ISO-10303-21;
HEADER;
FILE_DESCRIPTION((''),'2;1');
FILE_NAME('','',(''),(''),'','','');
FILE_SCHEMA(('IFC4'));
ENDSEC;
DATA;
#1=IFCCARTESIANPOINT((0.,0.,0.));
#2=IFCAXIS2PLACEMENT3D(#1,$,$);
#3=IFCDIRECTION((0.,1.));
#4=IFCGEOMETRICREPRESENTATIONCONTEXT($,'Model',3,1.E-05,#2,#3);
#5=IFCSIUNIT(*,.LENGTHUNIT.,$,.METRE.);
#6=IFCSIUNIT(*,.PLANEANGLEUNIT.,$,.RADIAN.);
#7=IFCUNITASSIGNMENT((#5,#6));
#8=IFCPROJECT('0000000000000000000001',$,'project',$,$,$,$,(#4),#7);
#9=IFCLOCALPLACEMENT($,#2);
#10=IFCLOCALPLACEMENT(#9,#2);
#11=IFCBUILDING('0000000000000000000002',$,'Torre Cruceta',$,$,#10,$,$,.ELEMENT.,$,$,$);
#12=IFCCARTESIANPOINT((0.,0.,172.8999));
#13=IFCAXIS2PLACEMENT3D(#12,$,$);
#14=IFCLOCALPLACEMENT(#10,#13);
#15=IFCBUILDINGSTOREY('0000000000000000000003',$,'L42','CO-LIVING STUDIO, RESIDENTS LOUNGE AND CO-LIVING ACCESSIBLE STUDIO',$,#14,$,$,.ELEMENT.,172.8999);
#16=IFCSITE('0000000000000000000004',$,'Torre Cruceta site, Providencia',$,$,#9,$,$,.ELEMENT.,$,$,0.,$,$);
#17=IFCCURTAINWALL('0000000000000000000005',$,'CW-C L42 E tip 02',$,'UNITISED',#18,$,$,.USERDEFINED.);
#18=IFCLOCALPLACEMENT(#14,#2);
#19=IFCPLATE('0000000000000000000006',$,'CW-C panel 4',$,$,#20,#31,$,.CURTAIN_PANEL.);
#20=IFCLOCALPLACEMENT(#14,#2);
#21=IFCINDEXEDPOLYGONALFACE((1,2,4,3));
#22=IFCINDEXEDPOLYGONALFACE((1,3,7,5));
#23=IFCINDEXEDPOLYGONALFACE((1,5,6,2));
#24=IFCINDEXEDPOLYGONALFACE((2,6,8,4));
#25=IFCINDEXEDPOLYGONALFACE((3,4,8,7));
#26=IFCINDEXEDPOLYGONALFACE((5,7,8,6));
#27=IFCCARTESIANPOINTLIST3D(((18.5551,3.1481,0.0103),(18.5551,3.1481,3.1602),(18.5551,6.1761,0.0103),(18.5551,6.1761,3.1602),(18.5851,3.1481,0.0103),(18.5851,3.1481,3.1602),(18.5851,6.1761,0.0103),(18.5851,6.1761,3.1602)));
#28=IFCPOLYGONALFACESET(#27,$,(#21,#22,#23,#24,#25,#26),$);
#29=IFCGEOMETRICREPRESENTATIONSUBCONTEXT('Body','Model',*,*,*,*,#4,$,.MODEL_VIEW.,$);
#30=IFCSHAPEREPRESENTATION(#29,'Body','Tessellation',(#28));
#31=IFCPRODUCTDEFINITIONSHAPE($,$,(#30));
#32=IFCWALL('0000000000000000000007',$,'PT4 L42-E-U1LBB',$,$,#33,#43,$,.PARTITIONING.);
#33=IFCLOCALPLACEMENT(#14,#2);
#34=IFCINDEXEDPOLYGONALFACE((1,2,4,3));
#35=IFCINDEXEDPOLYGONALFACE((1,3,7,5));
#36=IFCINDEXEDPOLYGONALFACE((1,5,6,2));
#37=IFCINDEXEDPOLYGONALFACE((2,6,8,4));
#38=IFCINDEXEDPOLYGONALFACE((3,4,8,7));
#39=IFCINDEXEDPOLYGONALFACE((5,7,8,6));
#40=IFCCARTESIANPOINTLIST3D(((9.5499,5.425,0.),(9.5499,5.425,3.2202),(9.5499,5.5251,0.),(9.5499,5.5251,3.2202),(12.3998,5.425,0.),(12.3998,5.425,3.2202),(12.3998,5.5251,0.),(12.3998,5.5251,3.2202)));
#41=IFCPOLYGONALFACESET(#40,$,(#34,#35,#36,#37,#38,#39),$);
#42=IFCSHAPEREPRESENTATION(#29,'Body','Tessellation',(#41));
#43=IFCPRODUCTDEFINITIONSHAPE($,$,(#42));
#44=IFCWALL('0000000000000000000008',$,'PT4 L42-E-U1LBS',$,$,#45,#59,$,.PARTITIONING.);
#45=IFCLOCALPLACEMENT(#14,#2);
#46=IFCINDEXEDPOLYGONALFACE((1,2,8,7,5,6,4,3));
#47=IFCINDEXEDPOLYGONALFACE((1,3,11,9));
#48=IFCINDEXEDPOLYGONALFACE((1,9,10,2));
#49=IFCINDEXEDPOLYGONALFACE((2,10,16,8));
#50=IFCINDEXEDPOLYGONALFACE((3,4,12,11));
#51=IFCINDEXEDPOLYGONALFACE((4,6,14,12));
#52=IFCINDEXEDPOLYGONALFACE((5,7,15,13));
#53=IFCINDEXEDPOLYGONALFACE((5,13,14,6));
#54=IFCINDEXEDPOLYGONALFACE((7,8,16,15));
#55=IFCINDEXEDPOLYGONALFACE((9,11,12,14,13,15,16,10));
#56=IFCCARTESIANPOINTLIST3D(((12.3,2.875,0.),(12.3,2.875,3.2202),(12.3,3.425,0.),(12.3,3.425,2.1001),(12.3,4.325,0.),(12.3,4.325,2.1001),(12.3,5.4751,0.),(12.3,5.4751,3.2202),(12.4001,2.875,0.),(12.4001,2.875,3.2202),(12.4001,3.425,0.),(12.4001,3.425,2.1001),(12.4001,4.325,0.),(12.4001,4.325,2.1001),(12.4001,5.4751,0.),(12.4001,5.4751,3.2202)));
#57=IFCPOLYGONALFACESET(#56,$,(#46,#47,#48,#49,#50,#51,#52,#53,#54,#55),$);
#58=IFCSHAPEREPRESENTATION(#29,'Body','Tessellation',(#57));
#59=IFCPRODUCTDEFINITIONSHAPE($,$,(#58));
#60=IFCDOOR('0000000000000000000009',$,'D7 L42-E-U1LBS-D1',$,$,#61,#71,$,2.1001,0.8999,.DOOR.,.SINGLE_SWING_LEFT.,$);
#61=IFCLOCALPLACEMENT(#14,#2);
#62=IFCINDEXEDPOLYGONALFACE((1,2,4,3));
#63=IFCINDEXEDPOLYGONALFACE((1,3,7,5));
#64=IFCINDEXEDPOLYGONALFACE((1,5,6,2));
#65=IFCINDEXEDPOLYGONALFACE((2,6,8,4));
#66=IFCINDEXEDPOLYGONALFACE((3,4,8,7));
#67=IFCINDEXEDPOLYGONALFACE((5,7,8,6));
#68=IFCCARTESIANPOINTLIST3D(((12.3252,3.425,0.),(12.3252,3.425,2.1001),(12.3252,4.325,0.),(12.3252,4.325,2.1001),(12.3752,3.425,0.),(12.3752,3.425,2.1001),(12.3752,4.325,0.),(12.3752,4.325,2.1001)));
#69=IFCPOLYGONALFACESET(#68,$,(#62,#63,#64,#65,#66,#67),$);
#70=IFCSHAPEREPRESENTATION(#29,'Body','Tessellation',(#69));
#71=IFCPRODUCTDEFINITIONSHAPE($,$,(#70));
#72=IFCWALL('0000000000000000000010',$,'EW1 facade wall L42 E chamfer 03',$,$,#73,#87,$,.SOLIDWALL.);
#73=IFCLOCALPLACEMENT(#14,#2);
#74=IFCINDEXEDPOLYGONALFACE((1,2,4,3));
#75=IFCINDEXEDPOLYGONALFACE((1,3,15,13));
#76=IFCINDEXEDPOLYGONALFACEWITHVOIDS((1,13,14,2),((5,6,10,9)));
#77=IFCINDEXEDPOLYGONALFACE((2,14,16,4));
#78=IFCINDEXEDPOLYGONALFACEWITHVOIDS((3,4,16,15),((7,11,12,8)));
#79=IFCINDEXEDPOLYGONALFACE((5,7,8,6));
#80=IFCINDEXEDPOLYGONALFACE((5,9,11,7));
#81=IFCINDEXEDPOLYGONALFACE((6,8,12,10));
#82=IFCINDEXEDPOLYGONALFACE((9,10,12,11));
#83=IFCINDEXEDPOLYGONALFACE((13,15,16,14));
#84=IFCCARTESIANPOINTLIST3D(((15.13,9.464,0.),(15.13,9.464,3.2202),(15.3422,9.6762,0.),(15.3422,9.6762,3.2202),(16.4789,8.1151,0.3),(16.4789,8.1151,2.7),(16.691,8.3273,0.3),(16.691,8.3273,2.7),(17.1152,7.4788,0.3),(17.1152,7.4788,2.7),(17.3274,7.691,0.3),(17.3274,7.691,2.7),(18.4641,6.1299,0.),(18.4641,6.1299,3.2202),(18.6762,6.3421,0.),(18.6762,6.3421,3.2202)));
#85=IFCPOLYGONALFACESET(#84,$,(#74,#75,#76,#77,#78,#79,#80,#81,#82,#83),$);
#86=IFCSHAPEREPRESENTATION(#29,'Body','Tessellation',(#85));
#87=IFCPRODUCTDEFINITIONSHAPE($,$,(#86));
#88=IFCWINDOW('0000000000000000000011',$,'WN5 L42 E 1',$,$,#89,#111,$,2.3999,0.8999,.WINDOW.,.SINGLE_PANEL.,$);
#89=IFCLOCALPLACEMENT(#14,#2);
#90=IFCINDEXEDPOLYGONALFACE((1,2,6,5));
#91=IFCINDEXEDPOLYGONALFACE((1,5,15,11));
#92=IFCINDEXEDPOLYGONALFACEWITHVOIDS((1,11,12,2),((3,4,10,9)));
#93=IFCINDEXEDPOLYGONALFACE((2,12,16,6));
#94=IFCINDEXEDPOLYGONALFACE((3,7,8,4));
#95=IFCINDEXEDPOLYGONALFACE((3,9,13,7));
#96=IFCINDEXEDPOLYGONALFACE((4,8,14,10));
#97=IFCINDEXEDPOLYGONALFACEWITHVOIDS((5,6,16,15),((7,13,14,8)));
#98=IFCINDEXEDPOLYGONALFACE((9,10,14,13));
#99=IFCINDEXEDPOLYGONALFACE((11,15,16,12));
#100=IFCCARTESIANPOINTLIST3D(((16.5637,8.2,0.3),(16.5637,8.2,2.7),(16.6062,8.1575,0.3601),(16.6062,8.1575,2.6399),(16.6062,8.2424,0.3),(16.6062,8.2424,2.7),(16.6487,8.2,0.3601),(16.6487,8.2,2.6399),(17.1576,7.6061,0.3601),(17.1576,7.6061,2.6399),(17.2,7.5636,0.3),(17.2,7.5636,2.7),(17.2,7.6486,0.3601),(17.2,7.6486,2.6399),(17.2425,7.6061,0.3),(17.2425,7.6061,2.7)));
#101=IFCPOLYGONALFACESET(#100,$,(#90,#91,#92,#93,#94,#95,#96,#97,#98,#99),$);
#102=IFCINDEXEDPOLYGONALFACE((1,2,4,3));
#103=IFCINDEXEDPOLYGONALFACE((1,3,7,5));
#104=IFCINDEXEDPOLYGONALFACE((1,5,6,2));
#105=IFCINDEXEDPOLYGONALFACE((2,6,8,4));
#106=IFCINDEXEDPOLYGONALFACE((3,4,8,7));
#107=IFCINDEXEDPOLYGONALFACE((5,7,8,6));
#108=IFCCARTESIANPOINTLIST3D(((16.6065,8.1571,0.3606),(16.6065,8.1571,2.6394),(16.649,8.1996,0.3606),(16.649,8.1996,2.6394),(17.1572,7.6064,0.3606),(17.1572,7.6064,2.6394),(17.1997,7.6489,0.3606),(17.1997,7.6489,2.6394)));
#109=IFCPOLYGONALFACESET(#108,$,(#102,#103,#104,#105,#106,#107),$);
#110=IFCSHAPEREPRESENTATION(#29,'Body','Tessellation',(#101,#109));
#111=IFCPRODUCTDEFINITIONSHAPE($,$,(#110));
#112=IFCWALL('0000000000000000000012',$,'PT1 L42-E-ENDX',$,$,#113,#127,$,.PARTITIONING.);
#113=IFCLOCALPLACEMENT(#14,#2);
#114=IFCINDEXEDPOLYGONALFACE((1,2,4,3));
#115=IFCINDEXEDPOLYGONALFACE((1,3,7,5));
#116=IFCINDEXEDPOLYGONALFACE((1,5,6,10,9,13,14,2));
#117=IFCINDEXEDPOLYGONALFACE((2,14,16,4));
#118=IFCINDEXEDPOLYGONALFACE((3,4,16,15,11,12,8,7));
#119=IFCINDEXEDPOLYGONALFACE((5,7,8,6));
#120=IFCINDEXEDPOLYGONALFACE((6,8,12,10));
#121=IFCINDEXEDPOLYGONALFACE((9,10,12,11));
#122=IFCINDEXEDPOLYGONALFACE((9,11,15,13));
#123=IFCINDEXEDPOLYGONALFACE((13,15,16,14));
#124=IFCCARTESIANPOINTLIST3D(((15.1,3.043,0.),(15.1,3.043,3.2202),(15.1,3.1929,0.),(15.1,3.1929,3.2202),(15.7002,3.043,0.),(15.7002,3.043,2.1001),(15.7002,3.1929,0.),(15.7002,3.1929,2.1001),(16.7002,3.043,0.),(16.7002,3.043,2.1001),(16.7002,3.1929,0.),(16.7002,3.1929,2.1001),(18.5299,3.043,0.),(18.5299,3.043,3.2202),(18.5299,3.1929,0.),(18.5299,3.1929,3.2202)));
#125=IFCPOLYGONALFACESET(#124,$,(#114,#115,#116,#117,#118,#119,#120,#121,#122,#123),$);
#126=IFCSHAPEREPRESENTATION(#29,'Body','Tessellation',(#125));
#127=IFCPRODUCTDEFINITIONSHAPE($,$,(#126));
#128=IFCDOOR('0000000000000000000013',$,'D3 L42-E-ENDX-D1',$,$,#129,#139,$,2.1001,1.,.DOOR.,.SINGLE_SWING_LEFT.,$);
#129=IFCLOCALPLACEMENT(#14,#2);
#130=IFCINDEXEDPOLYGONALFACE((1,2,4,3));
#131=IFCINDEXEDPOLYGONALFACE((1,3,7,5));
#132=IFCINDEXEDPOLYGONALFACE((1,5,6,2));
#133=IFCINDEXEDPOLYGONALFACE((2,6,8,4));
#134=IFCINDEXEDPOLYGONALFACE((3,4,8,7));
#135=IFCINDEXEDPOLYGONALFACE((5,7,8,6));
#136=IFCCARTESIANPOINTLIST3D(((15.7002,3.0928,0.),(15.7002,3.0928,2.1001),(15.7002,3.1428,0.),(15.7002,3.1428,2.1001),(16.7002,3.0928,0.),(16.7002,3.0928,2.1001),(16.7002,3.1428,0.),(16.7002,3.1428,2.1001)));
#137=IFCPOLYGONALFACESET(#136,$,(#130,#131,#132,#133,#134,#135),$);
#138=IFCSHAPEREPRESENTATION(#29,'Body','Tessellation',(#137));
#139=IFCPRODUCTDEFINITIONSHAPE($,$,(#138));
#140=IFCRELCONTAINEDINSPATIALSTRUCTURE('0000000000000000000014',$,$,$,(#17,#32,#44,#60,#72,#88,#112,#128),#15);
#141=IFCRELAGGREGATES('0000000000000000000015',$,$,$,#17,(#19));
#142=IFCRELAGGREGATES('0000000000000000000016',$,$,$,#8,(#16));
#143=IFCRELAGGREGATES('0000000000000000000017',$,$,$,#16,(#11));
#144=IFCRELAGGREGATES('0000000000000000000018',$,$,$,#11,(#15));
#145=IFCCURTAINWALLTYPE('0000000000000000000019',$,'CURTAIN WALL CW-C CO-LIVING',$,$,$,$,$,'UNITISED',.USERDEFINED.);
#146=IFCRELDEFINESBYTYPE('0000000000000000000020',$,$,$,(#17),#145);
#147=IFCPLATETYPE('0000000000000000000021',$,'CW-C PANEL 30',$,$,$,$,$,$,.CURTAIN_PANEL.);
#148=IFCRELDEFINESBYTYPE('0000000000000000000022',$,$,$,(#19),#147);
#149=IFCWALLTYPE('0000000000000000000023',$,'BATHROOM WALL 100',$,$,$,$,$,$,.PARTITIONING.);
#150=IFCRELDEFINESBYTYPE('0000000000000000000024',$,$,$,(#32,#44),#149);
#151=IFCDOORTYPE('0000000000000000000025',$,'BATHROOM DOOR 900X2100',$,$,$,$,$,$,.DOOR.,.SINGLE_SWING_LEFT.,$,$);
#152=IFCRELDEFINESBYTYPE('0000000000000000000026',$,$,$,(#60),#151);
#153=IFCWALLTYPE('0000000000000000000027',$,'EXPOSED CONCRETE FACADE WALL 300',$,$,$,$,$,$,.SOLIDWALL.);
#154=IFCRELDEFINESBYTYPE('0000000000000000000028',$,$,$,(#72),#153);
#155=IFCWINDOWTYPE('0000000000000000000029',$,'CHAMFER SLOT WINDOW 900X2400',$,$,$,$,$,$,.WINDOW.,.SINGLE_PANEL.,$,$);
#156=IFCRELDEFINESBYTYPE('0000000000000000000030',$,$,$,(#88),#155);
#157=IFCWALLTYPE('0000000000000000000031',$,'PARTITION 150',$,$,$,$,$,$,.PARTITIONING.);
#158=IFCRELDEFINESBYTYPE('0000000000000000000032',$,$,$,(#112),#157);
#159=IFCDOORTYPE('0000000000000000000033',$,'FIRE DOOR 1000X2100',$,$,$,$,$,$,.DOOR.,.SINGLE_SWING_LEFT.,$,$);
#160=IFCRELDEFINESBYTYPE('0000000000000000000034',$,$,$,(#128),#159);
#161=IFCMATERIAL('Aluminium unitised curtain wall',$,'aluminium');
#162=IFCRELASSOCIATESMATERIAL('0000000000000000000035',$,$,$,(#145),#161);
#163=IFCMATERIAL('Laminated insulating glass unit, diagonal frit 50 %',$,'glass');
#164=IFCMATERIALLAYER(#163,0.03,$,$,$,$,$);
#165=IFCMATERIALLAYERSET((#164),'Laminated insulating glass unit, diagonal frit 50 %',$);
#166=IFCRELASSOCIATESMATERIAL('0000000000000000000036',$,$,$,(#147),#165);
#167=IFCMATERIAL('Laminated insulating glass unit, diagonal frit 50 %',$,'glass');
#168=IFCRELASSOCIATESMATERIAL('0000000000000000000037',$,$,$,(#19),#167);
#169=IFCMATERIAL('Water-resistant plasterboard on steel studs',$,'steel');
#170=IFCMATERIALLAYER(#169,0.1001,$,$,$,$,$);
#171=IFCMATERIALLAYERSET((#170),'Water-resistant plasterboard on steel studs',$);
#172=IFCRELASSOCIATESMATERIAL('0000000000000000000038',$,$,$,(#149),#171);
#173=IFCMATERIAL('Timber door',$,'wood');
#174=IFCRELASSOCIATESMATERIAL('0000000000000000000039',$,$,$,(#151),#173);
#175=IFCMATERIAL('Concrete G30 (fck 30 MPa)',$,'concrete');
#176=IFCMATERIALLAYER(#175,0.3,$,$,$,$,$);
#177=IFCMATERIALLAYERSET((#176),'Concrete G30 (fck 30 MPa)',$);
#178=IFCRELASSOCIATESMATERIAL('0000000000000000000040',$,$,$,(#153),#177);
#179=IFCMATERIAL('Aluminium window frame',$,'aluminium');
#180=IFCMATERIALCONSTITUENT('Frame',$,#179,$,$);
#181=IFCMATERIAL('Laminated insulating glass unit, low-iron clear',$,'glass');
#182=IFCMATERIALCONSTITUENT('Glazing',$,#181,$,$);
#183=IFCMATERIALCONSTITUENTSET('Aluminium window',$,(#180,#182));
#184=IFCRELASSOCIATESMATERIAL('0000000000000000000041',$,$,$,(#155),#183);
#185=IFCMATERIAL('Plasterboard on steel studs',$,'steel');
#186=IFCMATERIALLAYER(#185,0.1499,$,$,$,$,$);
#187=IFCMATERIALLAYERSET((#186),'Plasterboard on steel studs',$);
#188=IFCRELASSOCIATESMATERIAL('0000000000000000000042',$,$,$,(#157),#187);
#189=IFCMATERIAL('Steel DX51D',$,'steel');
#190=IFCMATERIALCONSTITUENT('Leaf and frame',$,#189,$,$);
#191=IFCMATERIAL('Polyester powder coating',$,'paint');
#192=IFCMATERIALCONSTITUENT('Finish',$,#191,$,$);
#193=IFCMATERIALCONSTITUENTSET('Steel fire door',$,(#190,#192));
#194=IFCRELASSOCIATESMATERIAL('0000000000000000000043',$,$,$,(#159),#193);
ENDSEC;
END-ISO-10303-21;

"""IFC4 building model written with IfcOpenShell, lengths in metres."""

from ifc_helpers import new_model, si_unit, direction, frame, frame_2d, origin, origin_2d, place, context, subcontext, project, spatial, rectangle, hollow_rectangle, extrude, material, layer, layer_set, constituent, constituent_set, type_object, element, fill, aggregate, save


model = new_model("IFC4")

# Units and contexts
model_context = context("Model", 3, precision=1e-05, world=origin(), true_north=direction((0.0, 1.0)))
body_context = subcontext(model_context, "Body", "Model", "MODEL_VIEW")
ifc_project = project(units=[si_unit("LENGTHUNIT", "METRE"), si_unit("PLANEANGLEUNIT", "RADIAN")], contexts=[model_context])

# Site, building, storey
site_placement = place(None, origin())
site = spatial("IfcSite", under=ifc_project, at=site_placement, Name="Torre Cruceta site, Providencia", CompositionType="ELEMENT", RefElevation=0.0)
building_placement = place(site_placement, origin())
building = spatial("IfcBuilding", under=site, at=building_placement, Name="Torre Cruceta", CompositionType="ELEMENT")
storey_placement = place(building_placement, frame((0.0, 0.0, 172.8999)))
storey = spatial("IfcBuildingStorey", under=building, at=storey_placement, Name="L42", Description="CO-LIVING STUDIO, RESIDENTS LOUNGE AND CO-LIVING ACCESSIBLE STUDIO", CompositionType="ELEMENT", Elevation=172.8999)

# Curtain wall
ifc_material_1 = material(Name="Aluminium unitised curtain wall", Category="aluminium")
curtain_wall_type = type_object("IfcCurtainWallType", Name="CURTAIN WALL CW-C CO-LIVING", ElementType="UNITISED", PredefinedType="USERDEFINED", material=ifc_material_1)
curtain_wall_placement = place(storey_placement, origin())
curtain_wall = element("IfcCurtainWall", 1, at=curtain_wall_placement, inside=storey, type_object=curtain_wall_type, Name="CW-C L42 E tip 02", ObjectType="UNITISED", PredefinedType="USERDEFINED")

# Plate
ifc_material_2 = material(Name="Laminated insulating glass unit, diagonal frit 50 %", Category="glass")
ifc_material_3 = material(Name="Laminated insulating glass unit, diagonal frit 50 %", Category="glass")
ifc_layer_1 = layer(ifc_material_3, 0.03)
ifc_layer_set_1 = layer_set([ifc_layer_1], Name="Laminated insulating glass unit, diagonal frit 50 %")
plate_type = type_object("IfcPlateType", Name="CW-C PANEL 30", PredefinedType="CURTAIN_PANEL", material=ifc_layer_set_1)
plate_1_placement = place(storey_placement, frame((18.5701, 4.6621, 0.0103), z_axis=(0.0, 0.0, 1.0), x_axis=(0.0, 1.0, 0.0)))
plate_1 = element("IfcPlate", 2, at=plate_1_placement, type_object=plate_type, material=ifc_material_2, Name="CW-C panel 4", PredefinedType="CURTAIN_PANEL", context=body_context, shape_type="SweptSolid", body=[
    extrude(rectangle(XDim=3.0281, YDim=0.03, at=origin_2d()), origin(), (0.0, 0.0, 1.0), 3.1499),
])
aggregate(curtain_wall, [plate_1])

# Wall
ifc_material_4 = material(Name="Water-resistant plasterboard on steel studs", Category="steel")
ifc_layer_2 = layer(ifc_material_4, 0.1001)
ifc_layer_set_2 = layer_set([ifc_layer_2], Name="Water-resistant plasterboard on steel studs")
wall_type_1 = type_object("IfcWallType", Name="BATHROOM WALL 100", PredefinedType="PARTITIONING", material=ifc_layer_set_2)
wall_1_placement = place(storey_placement, frame((9.55, 5.4751, 0.0), z_axis=(0.0, 0.0, 1.0), x_axis=(1.0, 0.0, 0.0)))
element("IfcWall", 3, at=wall_1_placement, inside=storey, type_object=wall_type_1, Name="PT4 L42-E-U1LBB", PredefinedType="PARTITIONING", context=body_context, shape_type="SweptSolid", body=[
    extrude(rectangle(XDim=2.8499, YDim=0.1001, at=frame_2d((1.4248, 0.0))), origin(), (0.0, 0.0, 1.0), 3.2202),
])

# Wall, opening, door
wall_2_placement = place(storey_placement, frame((12.3501, 2.875, 0.0), z_axis=(0.0, 0.0, 1.0), x_axis=(0.0, 1.0, 0.0)))
wall_2 = element("IfcWall", 4, at=wall_2_placement, inside=storey, type_object=wall_type_1, Name="PT4 L42-E-U1LBS", PredefinedType="PARTITIONING", context=body_context, shape_type="SweptSolid", body=[
    extrude(rectangle(XDim=2.6001, YDim=0.1001, at=frame_2d((1.3, 0.0))), origin(), (0.0, 0.0, 1.0), 3.2202),
])
opening_1_placement = place(wall_2_placement, frame((0.55, 0.0, 0.0)))
opening_1 = element("IfcOpeningElement", 5, at=opening_1_placement, cuts=wall_2, PredefinedType="OPENING", context=body_context, shape_type="SweptSolid", body=[
    extrude(rectangle(XDim=0.8999, YDim=2.1001, at=frame_2d((0.45, 1.05))), frame((0.0, 0.0601, 0.0), z_axis=(0.0, -1.0, 0.0), x_axis=(1.0, 0.0, 0.0)), (0.0, 0.0, 1.0), 0.1201),
])
ifc_material_5 = material(Name="Timber door", Category="wood")
door_type_1 = type_object("IfcDoorType", Name="BATHROOM DOOR 900X2100", OperationType="SINGLE_SWING_LEFT", PredefinedType="DOOR", material=ifc_material_5)
door_1_placement = place(opening_1_placement, origin())
door_1 = element("IfcDoor", 6, at=door_1_placement, inside=storey, type_object=door_type_1, Name="D7 L42-E-U1LBS-D1", OperationType="SINGLE_SWING_LEFT", OverallHeight=2.1001, OverallWidth=0.8999, PredefinedType="DOOR", context=body_context, shape_type="SweptSolid", body=[
    extrude(rectangle(XDim=0.8999, YDim=2.1001, at=frame_2d((0.45, 1.05))), frame((0.0, 0.0249, 0.0), z_axis=(0.0, -1.0, 0.0), x_axis=(1.0, 0.0, 0.0)), (0.0, 0.0, 1.0), 0.05),
])
fill(opening_1, door_1)

# Wall, opening, window
ifc_material_6 = material(Name="Concrete G30 (fck 30 MPa)", Category="concrete")
ifc_layer_3 = layer(ifc_material_6, 0.3)
ifc_layer_set_3 = layer_set([ifc_layer_3], Name="Concrete G30 (fck 30 MPa)")
wall_type_2 = type_object("IfcWallType", Name="EXPOSED CONCRETE FACADE WALL 300", PredefinedType="SOLIDWALL", material=ifc_layer_set_3)
wall_3_placement = place(storey_placement, frame((18.5701, 6.2361, 0.0), z_axis=(0.0, 0.0, 1.0), x_axis=(-0.707107, 0.707107, 0.0)))
wall_3 = element("IfcWall", 7, at=wall_3_placement, inside=storey, type_object=wall_type_2, Name="EW1 facade wall L42 E chamfer 03", PredefinedType="SOLIDWALL", context=body_context, shape_type="SweptSolid", body=[
    extrude(rectangle(XDim=4.7151, YDim=0.3, at=frame_2d((2.3574, 0.0))), origin(), (0.0, 0.0, 1.0), 3.2202),
])
opening_2_placement = place(wall_3_placement, frame((1.9075, 0.0, 0.3)))
opening_2 = element("IfcOpeningElement", 8, at=opening_2_placement, cuts=wall_3, PredefinedType="OPENING", context=body_context, shape_type="SweptSolid", body=[
    extrude(rectangle(XDim=0.8999, YDim=2.3999, at=frame_2d((0.45, 1.2))), frame((0.0, 0.1599, 0.0), z_axis=(0.0, -1.0, 0.0), x_axis=(1.0, 0.0, 0.0)), (0.0, 0.0, 1.0), 0.3201),
])
ifc_material_7 = material(Name="Aluminium window frame", Category="aluminium")
ifc_constituent_1 = constituent(ifc_material_7, Name="Frame")
ifc_material_8 = material(Name="Laminated insulating glass unit, low-iron clear", Category="glass")
ifc_constituent_2 = constituent(ifc_material_8, Name="Glazing")
ifc_constituent_set_1 = constituent_set(constituents=[ifc_constituent_1, ifc_constituent_2], Name="Aluminium window")
window_type = type_object("IfcWindowType", Name="CHAMFER SLOT WINDOW 900X2400", PartitioningType="SINGLE_PANEL", PredefinedType="WINDOW", material=ifc_constituent_set_1)
window_placement = place(opening_2_placement, origin())
window = element("IfcWindow", 9, at=window_placement, inside=storey, type_object=window_type, Name="WN5 L42 E 1", OverallHeight=2.3999, OverallWidth=0.8999, PartitioningType="SINGLE_PANEL", PredefinedType="WINDOW", context=body_context, shape_type="SweptSolid", body=[
    extrude(hollow_rectangle(XDim=0.8999, YDim=2.3999, WallThickness=0.0601, at=frame_2d((0.45, 1.2))), frame((0.0, 0.03, 0.0), z_axis=(0.0, -1.0, 0.0), x_axis=(1.0, 0.0, 0.0)), (0.0, 0.0, 1.0), 0.0601),
    extrude(rectangle(XDim=0.7788, YDim=2.2788, at=frame_2d((0.45, 1.2))), frame((0.0, 0.03, 0.0), z_axis=(0.0, -1.0, 0.0), x_axis=(1.0, 0.0, 0.0)), (0.0, 0.0, 1.0), 0.0601),
])
fill(opening_2, window)

# Wall, opening, door
ifc_material_9 = material(Name="Plasterboard on steel studs", Category="steel")
ifc_layer_4 = layer(ifc_material_9, 0.1499)
ifc_layer_set_4 = layer_set([ifc_layer_4], Name="Plasterboard on steel studs")
wall_type_3 = type_object("IfcWallType", Name="PARTITION 150", PredefinedType="PARTITIONING", material=ifc_layer_set_4)
wall_4_placement = place(storey_placement, frame((15.1001, 3.1179, 0.0), z_axis=(0.0, 0.0, 1.0), x_axis=(1.0, 0.0, 0.0)))
wall_4 = element("IfcWall", 10, at=wall_4_placement, inside=storey, type_object=wall_type_3, Name="PT1 L42-E-ENDX", PredefinedType="PARTITIONING", context=body_context, shape_type="SweptSolid", body=[
    extrude(rectangle(XDim=3.4299, YDim=0.1499, at=frame_2d((1.7148, 0.0))), origin(), (0.0, 0.0, 1.0), 3.2202),
])
opening_3_placement = place(wall_4_placement, frame((0.6001, 0.0, 0.0)))
opening_3 = element("IfcOpeningElement", 11, at=opening_3_placement, cuts=wall_4, PredefinedType="OPENING", context=body_context, shape_type="SweptSolid", body=[
    extrude(rectangle(XDim=1.0, YDim=2.1001, at=frame_2d((0.5, 1.05))), frame((0.0, 0.085, 0.0), z_axis=(0.0, -1.0, 0.0), x_axis=(1.0, 0.0, 0.0)), (0.0, 0.0, 1.0), 0.1699),
])
ifc_material_10 = material(Name="Steel DX51D", Category="steel")
ifc_constituent_3 = constituent(ifc_material_10, Name="Leaf and frame")
ifc_material_11 = material(Name="Polyester powder coating", Category="paint")
ifc_constituent_4 = constituent(ifc_material_11, Name="Finish")
ifc_constituent_set_2 = constituent_set(constituents=[ifc_constituent_3, ifc_constituent_4], Name="Steel fire door")
door_type_2 = type_object("IfcDoorType", Name="FIRE DOOR 1000X2100", OperationType="SINGLE_SWING_LEFT", PredefinedType="DOOR", material=ifc_constituent_set_2)
door_2_placement = place(opening_3_placement, frame((1.0, 0.0, 0.0), z_axis=(0.0, 0.0, 1.0), x_axis=(-1.0, 0.0, 0.0)))
door_2 = element("IfcDoor", 12, at=door_2_placement, inside=storey, type_object=door_type_2, Name="D3 L42-E-ENDX-D1", OperationType="SINGLE_SWING_LEFT", OverallHeight=2.1001, OverallWidth=1.0, PredefinedType="DOOR", context=body_context, shape_type="SweptSolid", body=[
    extrude(rectangle(XDim=1.0, YDim=2.1001, at=frame_2d((0.5, 1.05))), frame((0.0, 0.0251, 0.0), z_axis=(0.0, -1.0, 0.0), x_axis=(1.0, 0.0, 0.0)), (0.0, 0.0, 1.0), 0.05),
])
fill(opening_3, door_2)

save(model, "model.ifc")
